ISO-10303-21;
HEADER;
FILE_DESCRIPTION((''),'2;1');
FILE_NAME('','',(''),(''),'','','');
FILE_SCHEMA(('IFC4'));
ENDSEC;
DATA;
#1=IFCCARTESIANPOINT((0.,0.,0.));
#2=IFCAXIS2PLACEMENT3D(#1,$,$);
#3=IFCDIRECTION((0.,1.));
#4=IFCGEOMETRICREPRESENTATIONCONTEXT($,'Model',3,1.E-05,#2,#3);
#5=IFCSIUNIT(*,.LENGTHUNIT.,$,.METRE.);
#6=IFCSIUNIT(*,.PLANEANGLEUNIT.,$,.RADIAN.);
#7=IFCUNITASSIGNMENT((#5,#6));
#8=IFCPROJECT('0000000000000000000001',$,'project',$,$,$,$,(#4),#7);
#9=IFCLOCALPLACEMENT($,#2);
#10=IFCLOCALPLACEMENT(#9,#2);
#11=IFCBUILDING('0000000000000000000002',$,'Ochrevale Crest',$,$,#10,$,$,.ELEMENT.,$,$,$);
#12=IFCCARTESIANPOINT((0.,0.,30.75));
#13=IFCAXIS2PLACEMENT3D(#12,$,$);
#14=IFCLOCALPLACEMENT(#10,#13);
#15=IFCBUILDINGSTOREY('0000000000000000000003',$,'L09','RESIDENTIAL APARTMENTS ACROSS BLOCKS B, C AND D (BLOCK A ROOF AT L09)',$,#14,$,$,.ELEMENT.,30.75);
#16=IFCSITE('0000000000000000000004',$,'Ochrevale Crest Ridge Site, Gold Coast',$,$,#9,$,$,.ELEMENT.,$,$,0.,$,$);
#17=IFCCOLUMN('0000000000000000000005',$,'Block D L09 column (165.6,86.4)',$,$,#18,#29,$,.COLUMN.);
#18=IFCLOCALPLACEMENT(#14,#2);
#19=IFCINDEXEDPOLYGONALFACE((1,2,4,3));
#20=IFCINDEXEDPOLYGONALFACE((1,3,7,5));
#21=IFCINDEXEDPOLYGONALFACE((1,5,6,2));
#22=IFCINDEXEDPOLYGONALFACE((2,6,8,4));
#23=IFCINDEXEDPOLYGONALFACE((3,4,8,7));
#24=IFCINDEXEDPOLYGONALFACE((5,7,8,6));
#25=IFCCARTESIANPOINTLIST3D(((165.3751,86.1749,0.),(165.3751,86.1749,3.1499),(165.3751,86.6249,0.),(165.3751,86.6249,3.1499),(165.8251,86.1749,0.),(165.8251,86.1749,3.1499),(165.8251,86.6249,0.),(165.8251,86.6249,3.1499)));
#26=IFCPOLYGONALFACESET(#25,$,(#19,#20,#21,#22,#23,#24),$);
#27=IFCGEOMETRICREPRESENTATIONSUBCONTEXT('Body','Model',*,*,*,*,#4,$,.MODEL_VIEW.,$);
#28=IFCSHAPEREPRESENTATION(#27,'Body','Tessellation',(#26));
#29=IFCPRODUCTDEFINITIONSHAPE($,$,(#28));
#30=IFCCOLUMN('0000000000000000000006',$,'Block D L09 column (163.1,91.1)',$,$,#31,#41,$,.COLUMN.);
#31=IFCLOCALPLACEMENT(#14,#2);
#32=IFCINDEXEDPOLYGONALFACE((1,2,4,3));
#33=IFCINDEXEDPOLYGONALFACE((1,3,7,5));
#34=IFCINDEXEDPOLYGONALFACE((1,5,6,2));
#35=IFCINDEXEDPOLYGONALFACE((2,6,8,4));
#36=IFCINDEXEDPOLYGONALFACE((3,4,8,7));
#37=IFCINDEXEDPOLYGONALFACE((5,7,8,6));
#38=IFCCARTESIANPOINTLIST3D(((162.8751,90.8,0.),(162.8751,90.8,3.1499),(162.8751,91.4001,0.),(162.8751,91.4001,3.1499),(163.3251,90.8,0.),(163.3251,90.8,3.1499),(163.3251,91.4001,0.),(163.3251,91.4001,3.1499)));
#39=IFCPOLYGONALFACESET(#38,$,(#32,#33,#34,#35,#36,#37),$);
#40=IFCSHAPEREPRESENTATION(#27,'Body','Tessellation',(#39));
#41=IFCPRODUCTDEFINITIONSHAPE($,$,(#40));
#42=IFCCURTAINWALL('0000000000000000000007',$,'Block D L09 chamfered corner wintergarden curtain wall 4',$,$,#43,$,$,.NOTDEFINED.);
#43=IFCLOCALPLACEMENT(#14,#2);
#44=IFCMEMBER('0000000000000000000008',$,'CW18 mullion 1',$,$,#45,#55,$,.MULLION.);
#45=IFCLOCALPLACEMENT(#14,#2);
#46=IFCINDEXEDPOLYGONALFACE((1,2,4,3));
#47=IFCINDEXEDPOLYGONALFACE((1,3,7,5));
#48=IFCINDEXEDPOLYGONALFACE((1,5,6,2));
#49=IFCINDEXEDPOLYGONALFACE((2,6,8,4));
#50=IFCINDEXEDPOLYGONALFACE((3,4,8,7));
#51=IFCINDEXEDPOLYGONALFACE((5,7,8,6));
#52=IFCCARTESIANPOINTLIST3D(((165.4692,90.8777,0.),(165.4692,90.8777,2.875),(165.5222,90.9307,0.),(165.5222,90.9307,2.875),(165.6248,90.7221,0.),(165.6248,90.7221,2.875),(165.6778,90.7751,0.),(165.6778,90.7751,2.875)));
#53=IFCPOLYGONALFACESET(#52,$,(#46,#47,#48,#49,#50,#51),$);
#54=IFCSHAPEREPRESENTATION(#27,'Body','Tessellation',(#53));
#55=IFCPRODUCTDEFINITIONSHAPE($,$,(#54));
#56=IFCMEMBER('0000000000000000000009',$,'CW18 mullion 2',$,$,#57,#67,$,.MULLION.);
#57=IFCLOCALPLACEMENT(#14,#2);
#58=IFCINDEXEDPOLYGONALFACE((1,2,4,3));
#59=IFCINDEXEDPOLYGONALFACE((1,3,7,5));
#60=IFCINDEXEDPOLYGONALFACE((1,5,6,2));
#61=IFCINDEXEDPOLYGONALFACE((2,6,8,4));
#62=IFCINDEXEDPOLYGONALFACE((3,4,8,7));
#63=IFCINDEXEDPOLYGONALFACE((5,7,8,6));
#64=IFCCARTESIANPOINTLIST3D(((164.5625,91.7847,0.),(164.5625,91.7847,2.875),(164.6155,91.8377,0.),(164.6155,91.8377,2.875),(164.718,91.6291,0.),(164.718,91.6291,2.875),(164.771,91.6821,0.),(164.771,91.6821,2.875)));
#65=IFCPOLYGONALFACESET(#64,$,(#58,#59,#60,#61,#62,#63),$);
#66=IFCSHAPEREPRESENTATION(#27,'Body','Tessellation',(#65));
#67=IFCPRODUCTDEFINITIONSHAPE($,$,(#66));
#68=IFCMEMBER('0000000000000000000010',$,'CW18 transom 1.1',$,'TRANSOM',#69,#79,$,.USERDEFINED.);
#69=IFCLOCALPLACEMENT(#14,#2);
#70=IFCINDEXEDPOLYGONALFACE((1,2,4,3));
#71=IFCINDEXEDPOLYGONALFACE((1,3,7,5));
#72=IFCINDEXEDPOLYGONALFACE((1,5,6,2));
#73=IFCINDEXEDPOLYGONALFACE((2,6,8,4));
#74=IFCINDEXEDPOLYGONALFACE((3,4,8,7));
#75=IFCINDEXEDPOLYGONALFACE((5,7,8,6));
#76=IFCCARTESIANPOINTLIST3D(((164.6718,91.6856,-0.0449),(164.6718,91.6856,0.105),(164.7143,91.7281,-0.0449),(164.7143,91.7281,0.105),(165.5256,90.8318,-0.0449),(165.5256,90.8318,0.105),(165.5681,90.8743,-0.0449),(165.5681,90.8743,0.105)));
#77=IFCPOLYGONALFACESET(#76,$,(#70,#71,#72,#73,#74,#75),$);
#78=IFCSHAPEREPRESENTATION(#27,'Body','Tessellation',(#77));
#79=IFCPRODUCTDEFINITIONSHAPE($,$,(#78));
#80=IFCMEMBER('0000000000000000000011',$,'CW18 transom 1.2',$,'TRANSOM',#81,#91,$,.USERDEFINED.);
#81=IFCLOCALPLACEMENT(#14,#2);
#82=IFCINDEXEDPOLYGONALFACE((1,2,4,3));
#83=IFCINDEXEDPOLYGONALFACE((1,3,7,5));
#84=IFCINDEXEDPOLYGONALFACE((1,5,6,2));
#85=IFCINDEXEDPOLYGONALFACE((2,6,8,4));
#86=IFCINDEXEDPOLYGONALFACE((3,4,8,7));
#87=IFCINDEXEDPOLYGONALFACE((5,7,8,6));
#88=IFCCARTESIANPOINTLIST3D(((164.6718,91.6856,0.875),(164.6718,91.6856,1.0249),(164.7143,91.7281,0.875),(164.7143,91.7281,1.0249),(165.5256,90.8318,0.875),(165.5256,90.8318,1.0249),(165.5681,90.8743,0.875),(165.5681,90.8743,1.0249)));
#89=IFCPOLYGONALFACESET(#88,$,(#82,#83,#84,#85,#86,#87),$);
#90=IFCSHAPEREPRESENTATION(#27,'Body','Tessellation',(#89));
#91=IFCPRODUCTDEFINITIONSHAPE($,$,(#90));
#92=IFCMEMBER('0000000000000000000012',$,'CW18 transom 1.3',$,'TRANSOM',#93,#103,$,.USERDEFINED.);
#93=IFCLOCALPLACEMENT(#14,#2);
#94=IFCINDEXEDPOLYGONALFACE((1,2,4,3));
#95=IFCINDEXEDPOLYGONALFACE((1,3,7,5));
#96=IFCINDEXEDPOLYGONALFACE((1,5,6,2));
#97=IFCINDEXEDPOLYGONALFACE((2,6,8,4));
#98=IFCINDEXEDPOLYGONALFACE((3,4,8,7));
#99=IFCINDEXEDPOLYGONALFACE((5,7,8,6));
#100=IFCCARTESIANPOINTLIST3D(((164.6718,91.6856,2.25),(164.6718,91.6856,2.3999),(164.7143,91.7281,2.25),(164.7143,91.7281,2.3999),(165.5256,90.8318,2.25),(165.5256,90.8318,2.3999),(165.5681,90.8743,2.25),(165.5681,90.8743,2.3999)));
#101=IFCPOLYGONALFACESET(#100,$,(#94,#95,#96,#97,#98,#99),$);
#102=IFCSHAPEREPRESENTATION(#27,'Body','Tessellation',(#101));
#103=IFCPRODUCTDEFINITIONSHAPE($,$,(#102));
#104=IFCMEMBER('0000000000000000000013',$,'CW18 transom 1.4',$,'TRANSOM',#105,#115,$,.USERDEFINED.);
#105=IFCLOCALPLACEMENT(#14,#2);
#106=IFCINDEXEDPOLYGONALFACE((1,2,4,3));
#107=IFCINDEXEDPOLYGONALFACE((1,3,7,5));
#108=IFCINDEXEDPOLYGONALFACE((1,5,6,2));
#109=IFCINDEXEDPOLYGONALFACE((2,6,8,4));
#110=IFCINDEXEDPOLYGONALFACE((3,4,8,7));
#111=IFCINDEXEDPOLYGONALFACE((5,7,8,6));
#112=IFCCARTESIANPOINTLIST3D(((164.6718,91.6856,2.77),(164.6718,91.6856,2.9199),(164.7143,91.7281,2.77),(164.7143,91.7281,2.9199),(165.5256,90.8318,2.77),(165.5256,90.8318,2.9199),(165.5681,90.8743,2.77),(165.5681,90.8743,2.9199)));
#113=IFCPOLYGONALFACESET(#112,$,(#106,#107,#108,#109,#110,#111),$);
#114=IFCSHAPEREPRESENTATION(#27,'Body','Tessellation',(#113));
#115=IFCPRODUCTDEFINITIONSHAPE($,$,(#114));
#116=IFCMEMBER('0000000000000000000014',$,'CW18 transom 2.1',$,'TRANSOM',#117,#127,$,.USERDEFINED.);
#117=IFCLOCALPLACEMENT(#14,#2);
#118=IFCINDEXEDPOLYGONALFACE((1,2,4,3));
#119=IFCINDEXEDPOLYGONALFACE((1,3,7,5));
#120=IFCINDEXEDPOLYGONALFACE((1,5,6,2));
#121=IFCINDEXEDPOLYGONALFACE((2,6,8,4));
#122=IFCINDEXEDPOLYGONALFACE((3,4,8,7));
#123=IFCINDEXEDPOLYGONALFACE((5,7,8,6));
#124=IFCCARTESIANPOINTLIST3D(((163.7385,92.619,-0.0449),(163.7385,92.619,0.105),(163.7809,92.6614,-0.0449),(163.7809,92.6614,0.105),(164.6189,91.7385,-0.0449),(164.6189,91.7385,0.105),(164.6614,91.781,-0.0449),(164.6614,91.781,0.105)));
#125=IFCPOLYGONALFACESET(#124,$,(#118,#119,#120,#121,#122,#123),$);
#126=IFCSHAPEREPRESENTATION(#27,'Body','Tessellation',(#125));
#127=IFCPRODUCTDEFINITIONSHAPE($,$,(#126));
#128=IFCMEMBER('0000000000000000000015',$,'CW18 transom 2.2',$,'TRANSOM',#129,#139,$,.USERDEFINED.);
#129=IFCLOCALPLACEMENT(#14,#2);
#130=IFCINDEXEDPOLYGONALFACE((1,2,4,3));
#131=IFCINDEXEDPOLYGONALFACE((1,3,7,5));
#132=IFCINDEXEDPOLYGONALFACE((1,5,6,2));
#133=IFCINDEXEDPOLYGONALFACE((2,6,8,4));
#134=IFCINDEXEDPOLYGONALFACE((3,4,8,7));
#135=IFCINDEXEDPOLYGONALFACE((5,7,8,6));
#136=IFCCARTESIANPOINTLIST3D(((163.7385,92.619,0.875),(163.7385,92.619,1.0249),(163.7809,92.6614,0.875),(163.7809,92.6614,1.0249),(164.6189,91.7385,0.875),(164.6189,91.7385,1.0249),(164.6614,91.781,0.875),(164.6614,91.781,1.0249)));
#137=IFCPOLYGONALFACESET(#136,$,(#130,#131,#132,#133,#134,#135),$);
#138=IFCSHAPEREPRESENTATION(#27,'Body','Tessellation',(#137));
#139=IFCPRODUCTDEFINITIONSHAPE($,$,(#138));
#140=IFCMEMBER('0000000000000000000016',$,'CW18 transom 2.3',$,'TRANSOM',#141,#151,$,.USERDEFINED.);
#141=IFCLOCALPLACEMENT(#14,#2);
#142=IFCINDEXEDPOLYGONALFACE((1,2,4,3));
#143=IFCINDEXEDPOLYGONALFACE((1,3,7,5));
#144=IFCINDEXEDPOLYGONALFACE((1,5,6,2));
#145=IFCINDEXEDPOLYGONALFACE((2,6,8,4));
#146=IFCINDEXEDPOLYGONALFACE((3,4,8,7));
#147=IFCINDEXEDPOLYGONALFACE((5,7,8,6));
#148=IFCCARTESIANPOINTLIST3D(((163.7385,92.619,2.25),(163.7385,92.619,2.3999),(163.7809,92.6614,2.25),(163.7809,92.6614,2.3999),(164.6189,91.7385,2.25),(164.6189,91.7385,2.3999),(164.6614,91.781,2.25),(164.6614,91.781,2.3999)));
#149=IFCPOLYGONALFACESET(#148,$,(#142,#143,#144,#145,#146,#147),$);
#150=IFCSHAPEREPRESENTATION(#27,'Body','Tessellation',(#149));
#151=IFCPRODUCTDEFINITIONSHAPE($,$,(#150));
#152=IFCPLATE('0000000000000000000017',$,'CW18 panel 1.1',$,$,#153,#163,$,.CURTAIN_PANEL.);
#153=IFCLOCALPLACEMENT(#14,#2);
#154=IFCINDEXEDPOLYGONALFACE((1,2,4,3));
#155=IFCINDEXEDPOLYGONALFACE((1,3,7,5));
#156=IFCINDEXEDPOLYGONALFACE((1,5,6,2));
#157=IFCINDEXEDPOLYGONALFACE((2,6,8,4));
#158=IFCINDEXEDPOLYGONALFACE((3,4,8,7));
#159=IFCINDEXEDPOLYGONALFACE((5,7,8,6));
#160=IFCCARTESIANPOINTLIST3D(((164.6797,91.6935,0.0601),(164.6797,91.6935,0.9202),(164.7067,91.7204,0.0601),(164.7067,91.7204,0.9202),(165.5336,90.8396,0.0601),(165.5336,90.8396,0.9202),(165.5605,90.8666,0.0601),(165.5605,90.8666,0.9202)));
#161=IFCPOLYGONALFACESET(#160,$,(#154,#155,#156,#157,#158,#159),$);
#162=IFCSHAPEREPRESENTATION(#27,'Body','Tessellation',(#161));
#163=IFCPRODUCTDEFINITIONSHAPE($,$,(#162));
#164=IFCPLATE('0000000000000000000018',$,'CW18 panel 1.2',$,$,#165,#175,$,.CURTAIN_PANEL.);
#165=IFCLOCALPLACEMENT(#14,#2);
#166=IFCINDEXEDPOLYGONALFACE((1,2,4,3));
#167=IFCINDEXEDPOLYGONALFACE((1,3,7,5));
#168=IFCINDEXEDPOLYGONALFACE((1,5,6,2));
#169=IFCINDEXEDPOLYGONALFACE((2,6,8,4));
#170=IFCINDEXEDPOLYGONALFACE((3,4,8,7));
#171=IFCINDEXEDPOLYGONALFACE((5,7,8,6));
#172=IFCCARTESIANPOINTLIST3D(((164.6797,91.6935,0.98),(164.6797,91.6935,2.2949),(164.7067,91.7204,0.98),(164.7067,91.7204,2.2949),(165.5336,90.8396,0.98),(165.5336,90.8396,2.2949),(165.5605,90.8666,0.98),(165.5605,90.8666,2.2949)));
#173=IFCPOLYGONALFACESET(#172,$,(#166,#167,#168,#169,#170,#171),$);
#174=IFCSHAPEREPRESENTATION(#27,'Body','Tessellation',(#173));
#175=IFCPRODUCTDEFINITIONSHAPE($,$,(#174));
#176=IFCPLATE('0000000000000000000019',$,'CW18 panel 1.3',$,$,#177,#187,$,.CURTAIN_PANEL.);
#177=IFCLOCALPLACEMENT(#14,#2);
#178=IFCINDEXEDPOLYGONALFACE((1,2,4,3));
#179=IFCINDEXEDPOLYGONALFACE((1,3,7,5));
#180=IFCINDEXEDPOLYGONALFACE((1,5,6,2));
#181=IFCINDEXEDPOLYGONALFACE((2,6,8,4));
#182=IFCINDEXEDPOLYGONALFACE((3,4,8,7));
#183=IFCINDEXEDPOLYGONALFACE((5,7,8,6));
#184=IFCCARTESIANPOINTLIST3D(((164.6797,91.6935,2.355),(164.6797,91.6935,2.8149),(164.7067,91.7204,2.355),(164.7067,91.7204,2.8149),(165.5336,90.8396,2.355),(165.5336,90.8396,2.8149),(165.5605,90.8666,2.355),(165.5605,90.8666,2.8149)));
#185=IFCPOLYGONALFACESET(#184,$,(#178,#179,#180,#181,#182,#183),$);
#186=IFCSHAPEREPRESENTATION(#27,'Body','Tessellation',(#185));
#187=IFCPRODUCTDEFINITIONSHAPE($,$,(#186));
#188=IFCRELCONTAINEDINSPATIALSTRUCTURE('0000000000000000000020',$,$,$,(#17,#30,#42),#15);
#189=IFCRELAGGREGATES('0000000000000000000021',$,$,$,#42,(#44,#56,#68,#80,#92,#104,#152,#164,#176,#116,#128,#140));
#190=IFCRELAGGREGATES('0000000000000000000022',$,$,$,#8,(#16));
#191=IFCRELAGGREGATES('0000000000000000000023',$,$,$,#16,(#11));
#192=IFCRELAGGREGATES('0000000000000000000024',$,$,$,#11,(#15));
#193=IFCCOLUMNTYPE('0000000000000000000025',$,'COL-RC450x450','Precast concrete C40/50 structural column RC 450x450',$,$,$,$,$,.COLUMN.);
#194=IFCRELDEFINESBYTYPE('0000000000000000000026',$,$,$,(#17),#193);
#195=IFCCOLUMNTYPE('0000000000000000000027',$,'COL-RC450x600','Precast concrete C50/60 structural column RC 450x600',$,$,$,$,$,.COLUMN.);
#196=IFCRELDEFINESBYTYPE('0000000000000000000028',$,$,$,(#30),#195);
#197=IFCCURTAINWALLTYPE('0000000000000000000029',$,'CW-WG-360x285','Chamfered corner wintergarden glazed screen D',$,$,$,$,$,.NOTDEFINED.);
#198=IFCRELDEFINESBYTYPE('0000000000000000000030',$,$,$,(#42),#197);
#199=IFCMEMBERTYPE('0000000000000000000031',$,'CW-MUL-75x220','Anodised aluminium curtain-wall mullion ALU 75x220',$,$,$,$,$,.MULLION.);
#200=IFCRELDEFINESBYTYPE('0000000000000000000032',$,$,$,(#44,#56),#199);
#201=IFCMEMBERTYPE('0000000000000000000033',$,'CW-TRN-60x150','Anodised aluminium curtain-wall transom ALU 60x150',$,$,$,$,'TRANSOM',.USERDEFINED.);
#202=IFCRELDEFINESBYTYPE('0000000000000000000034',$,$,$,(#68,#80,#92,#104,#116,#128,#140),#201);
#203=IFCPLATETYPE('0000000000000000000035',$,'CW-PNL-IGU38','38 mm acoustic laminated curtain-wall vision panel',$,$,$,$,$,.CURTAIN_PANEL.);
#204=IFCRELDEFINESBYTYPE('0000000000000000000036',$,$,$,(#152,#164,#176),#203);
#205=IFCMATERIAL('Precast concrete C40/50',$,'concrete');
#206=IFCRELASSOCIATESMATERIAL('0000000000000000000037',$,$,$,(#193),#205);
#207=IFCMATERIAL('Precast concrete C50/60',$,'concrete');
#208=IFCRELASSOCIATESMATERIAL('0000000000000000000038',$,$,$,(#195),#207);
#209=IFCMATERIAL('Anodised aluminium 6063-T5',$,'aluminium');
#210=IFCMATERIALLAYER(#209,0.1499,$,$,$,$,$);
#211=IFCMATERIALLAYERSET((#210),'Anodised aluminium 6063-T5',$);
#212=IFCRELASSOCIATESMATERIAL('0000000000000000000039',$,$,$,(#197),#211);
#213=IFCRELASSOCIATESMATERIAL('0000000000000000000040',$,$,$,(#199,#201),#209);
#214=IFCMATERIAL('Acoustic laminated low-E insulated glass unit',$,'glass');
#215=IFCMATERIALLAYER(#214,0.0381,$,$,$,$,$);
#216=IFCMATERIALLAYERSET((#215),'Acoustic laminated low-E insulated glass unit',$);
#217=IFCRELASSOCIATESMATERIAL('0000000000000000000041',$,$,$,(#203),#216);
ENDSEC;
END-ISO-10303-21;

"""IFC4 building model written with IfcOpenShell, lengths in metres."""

from ifc_helpers import new_model, si_unit, direction, frame, origin, origin_2d, place, context, subcontext, project, spatial, rectangle, extrude, material, layer, layer_set, material_profile, profile_set, type_object, element, aggregate, save


model = new_model("IFC4")

# Units and contexts
model_context = context("Model", 3, precision=1e-05, world=origin(), true_north=direction((0.0, 1.0)))
body_context = subcontext(model_context, "Body", "Model", "MODEL_VIEW")
ifc_project = project(units=[si_unit("LENGTHUNIT", "METRE"), si_unit("PLANEANGLEUNIT", "RADIAN")], contexts=[model_context])

# Site, building, storey
site_placement = place(None, origin())
site = spatial("IfcSite", under=ifc_project, at=site_placement, Name="Ochrevale Crest Ridge Site, Gold Coast", CompositionType="ELEMENT", RefElevation=0.0)
building_placement = place(site_placement, origin())
building = spatial("IfcBuilding", under=site, at=building_placement, Name="Ochrevale Crest", CompositionType="ELEMENT")
storey_placement = place(building_placement, frame((0.0, 0.0, 30.75)))
storey = spatial("IfcBuildingStorey", under=building, at=storey_placement, Name="L09", Description="RESIDENTIAL APARTMENTS ACROSS BLOCKS B, C AND D (BLOCK A ROOF AT L09)", CompositionType="ELEMENT", Elevation=30.75)

# Columns
ifc_material_1 = material(Name="Precast concrete C40/50", Category="concrete")
ifc_material_profile_1 = material_profile(ifc_material_1, rectangle(XDim=0.45, YDim=0.45, at=origin_2d()), Name="RC 450x450")
ifc_profile_set_1 = profile_set([ifc_material_profile_1], Name="Precast concrete C40/50")
column_type_1 = type_object("IfcColumnType", Name="COL-RC450x450", Description="Precast concrete C40/50 structural column RC 450x450", PredefinedType="COLUMN", material=ifc_profile_set_1)
column_1_placement = place(storey_placement, frame((165.6001, 86.3999, 0.0), z_axis=(0.0, 0.0, 1.0), x_axis=(1.0, 0.0, 0.0)))
element("IfcColumn", 1, at=column_1_placement, inside=storey, type_object=column_type_1, Name="Block D L09 column (165.6,86.4)", PredefinedType="COLUMN", context=body_context, shape_type="SweptSolid", body=[
    extrude(rectangle(XDim=0.45, YDim=0.45, at=origin_2d()), origin(), (0.0, 0.0, 1.0), 3.1499),
])
ifc_material_2 = material(Name="Precast concrete C50/60", Category="concrete")
ifc_material_profile_2 = material_profile(ifc_material_2, rectangle(XDim=0.45, YDim=0.6001, at=origin_2d()), Name="RC 450x600")
ifc_profile_set_2 = profile_set([ifc_material_profile_2], Name="Precast concrete C50/60")
column_type_2 = type_object("IfcColumnType", Name="COL-RC450x600", Description="Precast concrete C50/60 structural column RC 450x600", PredefinedType="COLUMN", material=ifc_profile_set_2)
column_2_placement = place(storey_placement, frame((163.1001, 91.1001, 0.0), z_axis=(0.0, 0.0, 1.0), x_axis=(1.0, 0.0, 0.0)))
element("IfcColumn", 2, at=column_2_placement, inside=storey, type_object=column_type_2, Name="Block D L09 column (163.1,91.1)", PredefinedType="COLUMN", context=body_context, shape_type="SweptSolid", body=[
    extrude(rectangle(XDim=0.45, YDim=0.6001, at=origin_2d()), origin(), (0.0, 0.0, 1.0), 3.1499),
])

# Curtain wall, members, plates
ifc_material_3 = material(Name="Anodised aluminium 6063-T5", Category="aluminium")
ifc_layer_1 = layer(ifc_material_3, 0.1499)
ifc_layer_set_1 = layer_set([ifc_layer_1], Name="Anodised aluminium 6063-T5")
curtain_wall_type = type_object("IfcCurtainWallType", Name="CW-WG-360x285", Description="Chamfered corner wintergarden glazed screen D", PredefinedType="NOTDEFINED", material=ifc_layer_set_1)
curtain_wall_placement = place(storey_placement, origin())
curtain_wall = element("IfcCurtainWall", 3, at=curtain_wall_placement, inside=storey, type_object=curtain_wall_type, Name="Block D L09 chamfered corner wintergarden curtain wall 4", PredefinedType="NOTDEFINED")
ifc_material_profile_3 = material_profile(ifc_material_3, rectangle(XDim=0.075, YDim=0.22, at=origin_2d()), Name="ALU 75x220")
ifc_profile_set_3 = profile_set([ifc_material_profile_3], Name="Anodised aluminium 6063-T5")
member_type_1 = type_object("IfcMemberType", Name="CW-MUL-75x220", Description="Anodised aluminium curtain-wall mullion ALU 75x220", PredefinedType="MULLION", material=ifc_profile_set_3)
member_1_placement = place(storey_placement, frame((165.5735, 90.8264, 0.0), z_axis=(0.0, 0.0, 1.0), x_axis=(-0.707107, -0.707107, 0.0)))
member_1 = element("IfcMember", 4, at=member_1_placement, type_object=member_type_1, Name="CW18 mullion 1", PredefinedType="MULLION", context=body_context, shape_type="SweptSolid", body=[
    extrude(rectangle(XDim=0.075, YDim=0.22, at=origin_2d()), origin(), (0.0, 0.0, 1.0), 2.875),
])
member_2_placement = place(storey_placement, frame((164.6667, 91.7334, 0.0), z_axis=(0.0, 0.0, 1.0), x_axis=(-0.707107, -0.707107, 0.0)))
member_2 = element("IfcMember", 5, at=member_2_placement, type_object=member_type_1, Name="CW18 mullion 2", PredefinedType="MULLION", context=body_context, shape_type="SweptSolid", body=[
    extrude(rectangle(XDim=0.075, YDim=0.22, at=origin_2d()), origin(), (0.0, 0.0, 1.0), 2.875),
])
ifc_material_profile_4 = material_profile(ifc_material_3, rectangle(XDim=0.0601, YDim=0.1499, at=origin_2d()), Name="ALU 60x150")
ifc_profile_set_4 = profile_set([ifc_material_profile_4], Name="Anodised aluminium 6063-T5")
member_type_2 = type_object("IfcMemberType", Name="CW-TRN-60x150", Description="Anodised aluminium curtain-wall transom ALU 60x150", ElementType="TRANSOM", PredefinedType="USERDEFINED", material=ifc_profile_set_4)
member_3_placement = place(storey_placement, frame((165.5469, 90.853, 0.03), z_axis=(-0.707107, 0.707107, 0.0), x_axis=(-0.707107, -0.707107, 0.0)))
member_3 = element("IfcMember", 6, at=member_3_placement, type_object=member_type_2, Name="CW18 transom 1.1", ObjectType="TRANSOM", PredefinedType="USERDEFINED", context=body_context, shape_type="SweptSolid", body=[
    extrude(rectangle(XDim=0.0601, YDim=0.1499, at=origin_2d()), origin(), (0.0, 0.0, 1.0), 1.2075),
])
member_4_placement = place(storey_placement, frame((165.5469, 90.853, 0.95), z_axis=(-0.707107, 0.707107, 0.0), x_axis=(-0.707107, -0.707107, 0.0)))
member_4 = element("IfcMember", 7, at=member_4_placement, type_object=member_type_2, Name="CW18 transom 1.2", ObjectType="TRANSOM", PredefinedType="USERDEFINED", context=body_context, shape_type="SweptSolid", body=[
    extrude(rectangle(XDim=0.0601, YDim=0.1499, at=origin_2d()), origin(), (0.0, 0.0, 1.0), 1.2075),
])
member_5_placement = place(storey_placement, frame((165.5469, 90.853, 2.325), z_axis=(-0.707107, 0.707107, 0.0), x_axis=(-0.707107, -0.707107, 0.0)))
member_5 = element("IfcMember", 8, at=member_5_placement, type_object=member_type_2, Name="CW18 transom 1.3", ObjectType="TRANSOM", PredefinedType="USERDEFINED", context=body_context, shape_type="SweptSolid", body=[
    extrude(rectangle(XDim=0.0601, YDim=0.1499, at=origin_2d()), origin(), (0.0, 0.0, 1.0), 1.2075),
])
member_6_placement = place(storey_placement, frame((165.5469, 90.853, 2.845), z_axis=(-0.707107, 0.707107, 0.0), x_axis=(-0.707107, -0.707107, 0.0)))
member_6 = element("IfcMember", 9, at=member_6_placement, type_object=member_type_2, Name="CW18 transom 1.4", ObjectType="TRANSOM", PredefinedType="USERDEFINED", context=body_context, shape_type="SweptSolid", body=[
    extrude(rectangle(XDim=0.0601, YDim=0.1499, at=origin_2d()), origin(), (0.0, 0.0, 1.0), 1.2075),
])
member_7_placement = place(storey_placement, frame((164.6401, 91.7598, 0.03), z_axis=(-0.707107, 0.707107, 0.0), x_axis=(-0.707107, -0.707107, 0.0)))
member_7 = element("IfcMember", 10, at=member_7_placement, type_object=member_type_2, Name="CW18 transom 2.1", ObjectType="TRANSOM", PredefinedType="USERDEFINED", context=body_context, shape_type="SweptSolid", body=[
    extrude(rectangle(XDim=0.0601, YDim=0.1499, at=origin_2d()), origin(), (0.0, 0.0, 1.0), 1.2451),
])
member_8_placement = place(storey_placement, frame((164.6401, 91.7598, 0.95), z_axis=(-0.707107, 0.707107, 0.0), x_axis=(-0.707107, -0.707107, 0.0)))
member_8 = element("IfcMember", 11, at=member_8_placement, type_object=member_type_2, Name="CW18 transom 2.2", ObjectType="TRANSOM", PredefinedType="USERDEFINED", context=body_context, shape_type="SweptSolid", body=[
    extrude(rectangle(XDim=0.0601, YDim=0.1499, at=origin_2d()), origin(), (0.0, 0.0, 1.0), 1.2451),
])
member_9_placement = place(storey_placement, frame((164.6401, 91.7598, 2.325), z_axis=(-0.707107, 0.707107, 0.0), x_axis=(-0.707107, -0.707107, 0.0)))
member_9 = element("IfcMember", 12, at=member_9_placement, type_object=member_type_2, Name="CW18 transom 2.3", ObjectType="TRANSOM", PredefinedType="USERDEFINED", context=body_context, shape_type="SweptSolid", body=[
    extrude(rectangle(XDim=0.0601, YDim=0.1499, at=origin_2d()), origin(), (0.0, 0.0, 1.0), 1.2451),
])
ifc_material_4 = material(Name="Acoustic laminated low-E insulated glass unit", Category="glass")
ifc_layer_2 = layer(ifc_material_4, 0.0381)
ifc_layer_set_2 = layer_set([ifc_layer_2], Name="Acoustic laminated low-E insulated glass unit")
plate_type = type_object("IfcPlateType", Name="CW-PNL-IGU38", Description="38 mm acoustic laminated curtain-wall vision panel", PredefinedType="CURTAIN_PANEL", material=ifc_layer_set_2)
plate_1_placement = place(storey_placement, frame((165.1201, 91.28, 0.0601), z_axis=(0.0, 0.0, 1.0), x_axis=(-0.707107, 0.707107, 0.0)))
plate_1 = element("IfcPlate", 13, at=plate_1_placement, type_object=plate_type, Name="CW18 panel 1.1", PredefinedType="CURTAIN_PANEL", context=body_context, shape_type="SweptSolid", body=[
    extrude(rectangle(XDim=1.2075, YDim=0.0381, at=origin_2d()), origin(), (0.0, 0.0, 1.0), 0.8601),
])
plate_2_placement = place(storey_placement, frame((165.1201, 91.28, 0.98), z_axis=(0.0, 0.0, 1.0), x_axis=(-0.707107, 0.707107, 0.0)))
plate_2 = element("IfcPlate", 14, at=plate_2_placement, type_object=plate_type, Name="CW18 panel 1.2", PredefinedType="CURTAIN_PANEL", context=body_context, shape_type="SweptSolid", body=[
    extrude(rectangle(XDim=1.2075, YDim=0.0381, at=origin_2d()), origin(), (0.0, 0.0, 1.0), 1.3149),
])
plate_3_placement = place(storey_placement, frame((165.1201, 91.28, 2.355), z_axis=(0.0, 0.0, 1.0), x_axis=(-0.707107, 0.707107, 0.0)))
plate_3 = element("IfcPlate", 15, at=plate_3_placement, type_object=plate_type, Name="CW18 panel 1.3", PredefinedType="CURTAIN_PANEL", context=body_context, shape_type="SweptSolid", body=[
    extrude(rectangle(XDim=1.2075, YDim=0.0381, at=origin_2d()), origin(), (0.0, 0.0, 1.0), 0.46),
])
aggregate(curtain_wall, [member_1, member_2, member_3, member_4, member_5, member_6, plate_1, plate_2, plate_3, member_7, member_8, member_9])

save(model, "model.ifc")
